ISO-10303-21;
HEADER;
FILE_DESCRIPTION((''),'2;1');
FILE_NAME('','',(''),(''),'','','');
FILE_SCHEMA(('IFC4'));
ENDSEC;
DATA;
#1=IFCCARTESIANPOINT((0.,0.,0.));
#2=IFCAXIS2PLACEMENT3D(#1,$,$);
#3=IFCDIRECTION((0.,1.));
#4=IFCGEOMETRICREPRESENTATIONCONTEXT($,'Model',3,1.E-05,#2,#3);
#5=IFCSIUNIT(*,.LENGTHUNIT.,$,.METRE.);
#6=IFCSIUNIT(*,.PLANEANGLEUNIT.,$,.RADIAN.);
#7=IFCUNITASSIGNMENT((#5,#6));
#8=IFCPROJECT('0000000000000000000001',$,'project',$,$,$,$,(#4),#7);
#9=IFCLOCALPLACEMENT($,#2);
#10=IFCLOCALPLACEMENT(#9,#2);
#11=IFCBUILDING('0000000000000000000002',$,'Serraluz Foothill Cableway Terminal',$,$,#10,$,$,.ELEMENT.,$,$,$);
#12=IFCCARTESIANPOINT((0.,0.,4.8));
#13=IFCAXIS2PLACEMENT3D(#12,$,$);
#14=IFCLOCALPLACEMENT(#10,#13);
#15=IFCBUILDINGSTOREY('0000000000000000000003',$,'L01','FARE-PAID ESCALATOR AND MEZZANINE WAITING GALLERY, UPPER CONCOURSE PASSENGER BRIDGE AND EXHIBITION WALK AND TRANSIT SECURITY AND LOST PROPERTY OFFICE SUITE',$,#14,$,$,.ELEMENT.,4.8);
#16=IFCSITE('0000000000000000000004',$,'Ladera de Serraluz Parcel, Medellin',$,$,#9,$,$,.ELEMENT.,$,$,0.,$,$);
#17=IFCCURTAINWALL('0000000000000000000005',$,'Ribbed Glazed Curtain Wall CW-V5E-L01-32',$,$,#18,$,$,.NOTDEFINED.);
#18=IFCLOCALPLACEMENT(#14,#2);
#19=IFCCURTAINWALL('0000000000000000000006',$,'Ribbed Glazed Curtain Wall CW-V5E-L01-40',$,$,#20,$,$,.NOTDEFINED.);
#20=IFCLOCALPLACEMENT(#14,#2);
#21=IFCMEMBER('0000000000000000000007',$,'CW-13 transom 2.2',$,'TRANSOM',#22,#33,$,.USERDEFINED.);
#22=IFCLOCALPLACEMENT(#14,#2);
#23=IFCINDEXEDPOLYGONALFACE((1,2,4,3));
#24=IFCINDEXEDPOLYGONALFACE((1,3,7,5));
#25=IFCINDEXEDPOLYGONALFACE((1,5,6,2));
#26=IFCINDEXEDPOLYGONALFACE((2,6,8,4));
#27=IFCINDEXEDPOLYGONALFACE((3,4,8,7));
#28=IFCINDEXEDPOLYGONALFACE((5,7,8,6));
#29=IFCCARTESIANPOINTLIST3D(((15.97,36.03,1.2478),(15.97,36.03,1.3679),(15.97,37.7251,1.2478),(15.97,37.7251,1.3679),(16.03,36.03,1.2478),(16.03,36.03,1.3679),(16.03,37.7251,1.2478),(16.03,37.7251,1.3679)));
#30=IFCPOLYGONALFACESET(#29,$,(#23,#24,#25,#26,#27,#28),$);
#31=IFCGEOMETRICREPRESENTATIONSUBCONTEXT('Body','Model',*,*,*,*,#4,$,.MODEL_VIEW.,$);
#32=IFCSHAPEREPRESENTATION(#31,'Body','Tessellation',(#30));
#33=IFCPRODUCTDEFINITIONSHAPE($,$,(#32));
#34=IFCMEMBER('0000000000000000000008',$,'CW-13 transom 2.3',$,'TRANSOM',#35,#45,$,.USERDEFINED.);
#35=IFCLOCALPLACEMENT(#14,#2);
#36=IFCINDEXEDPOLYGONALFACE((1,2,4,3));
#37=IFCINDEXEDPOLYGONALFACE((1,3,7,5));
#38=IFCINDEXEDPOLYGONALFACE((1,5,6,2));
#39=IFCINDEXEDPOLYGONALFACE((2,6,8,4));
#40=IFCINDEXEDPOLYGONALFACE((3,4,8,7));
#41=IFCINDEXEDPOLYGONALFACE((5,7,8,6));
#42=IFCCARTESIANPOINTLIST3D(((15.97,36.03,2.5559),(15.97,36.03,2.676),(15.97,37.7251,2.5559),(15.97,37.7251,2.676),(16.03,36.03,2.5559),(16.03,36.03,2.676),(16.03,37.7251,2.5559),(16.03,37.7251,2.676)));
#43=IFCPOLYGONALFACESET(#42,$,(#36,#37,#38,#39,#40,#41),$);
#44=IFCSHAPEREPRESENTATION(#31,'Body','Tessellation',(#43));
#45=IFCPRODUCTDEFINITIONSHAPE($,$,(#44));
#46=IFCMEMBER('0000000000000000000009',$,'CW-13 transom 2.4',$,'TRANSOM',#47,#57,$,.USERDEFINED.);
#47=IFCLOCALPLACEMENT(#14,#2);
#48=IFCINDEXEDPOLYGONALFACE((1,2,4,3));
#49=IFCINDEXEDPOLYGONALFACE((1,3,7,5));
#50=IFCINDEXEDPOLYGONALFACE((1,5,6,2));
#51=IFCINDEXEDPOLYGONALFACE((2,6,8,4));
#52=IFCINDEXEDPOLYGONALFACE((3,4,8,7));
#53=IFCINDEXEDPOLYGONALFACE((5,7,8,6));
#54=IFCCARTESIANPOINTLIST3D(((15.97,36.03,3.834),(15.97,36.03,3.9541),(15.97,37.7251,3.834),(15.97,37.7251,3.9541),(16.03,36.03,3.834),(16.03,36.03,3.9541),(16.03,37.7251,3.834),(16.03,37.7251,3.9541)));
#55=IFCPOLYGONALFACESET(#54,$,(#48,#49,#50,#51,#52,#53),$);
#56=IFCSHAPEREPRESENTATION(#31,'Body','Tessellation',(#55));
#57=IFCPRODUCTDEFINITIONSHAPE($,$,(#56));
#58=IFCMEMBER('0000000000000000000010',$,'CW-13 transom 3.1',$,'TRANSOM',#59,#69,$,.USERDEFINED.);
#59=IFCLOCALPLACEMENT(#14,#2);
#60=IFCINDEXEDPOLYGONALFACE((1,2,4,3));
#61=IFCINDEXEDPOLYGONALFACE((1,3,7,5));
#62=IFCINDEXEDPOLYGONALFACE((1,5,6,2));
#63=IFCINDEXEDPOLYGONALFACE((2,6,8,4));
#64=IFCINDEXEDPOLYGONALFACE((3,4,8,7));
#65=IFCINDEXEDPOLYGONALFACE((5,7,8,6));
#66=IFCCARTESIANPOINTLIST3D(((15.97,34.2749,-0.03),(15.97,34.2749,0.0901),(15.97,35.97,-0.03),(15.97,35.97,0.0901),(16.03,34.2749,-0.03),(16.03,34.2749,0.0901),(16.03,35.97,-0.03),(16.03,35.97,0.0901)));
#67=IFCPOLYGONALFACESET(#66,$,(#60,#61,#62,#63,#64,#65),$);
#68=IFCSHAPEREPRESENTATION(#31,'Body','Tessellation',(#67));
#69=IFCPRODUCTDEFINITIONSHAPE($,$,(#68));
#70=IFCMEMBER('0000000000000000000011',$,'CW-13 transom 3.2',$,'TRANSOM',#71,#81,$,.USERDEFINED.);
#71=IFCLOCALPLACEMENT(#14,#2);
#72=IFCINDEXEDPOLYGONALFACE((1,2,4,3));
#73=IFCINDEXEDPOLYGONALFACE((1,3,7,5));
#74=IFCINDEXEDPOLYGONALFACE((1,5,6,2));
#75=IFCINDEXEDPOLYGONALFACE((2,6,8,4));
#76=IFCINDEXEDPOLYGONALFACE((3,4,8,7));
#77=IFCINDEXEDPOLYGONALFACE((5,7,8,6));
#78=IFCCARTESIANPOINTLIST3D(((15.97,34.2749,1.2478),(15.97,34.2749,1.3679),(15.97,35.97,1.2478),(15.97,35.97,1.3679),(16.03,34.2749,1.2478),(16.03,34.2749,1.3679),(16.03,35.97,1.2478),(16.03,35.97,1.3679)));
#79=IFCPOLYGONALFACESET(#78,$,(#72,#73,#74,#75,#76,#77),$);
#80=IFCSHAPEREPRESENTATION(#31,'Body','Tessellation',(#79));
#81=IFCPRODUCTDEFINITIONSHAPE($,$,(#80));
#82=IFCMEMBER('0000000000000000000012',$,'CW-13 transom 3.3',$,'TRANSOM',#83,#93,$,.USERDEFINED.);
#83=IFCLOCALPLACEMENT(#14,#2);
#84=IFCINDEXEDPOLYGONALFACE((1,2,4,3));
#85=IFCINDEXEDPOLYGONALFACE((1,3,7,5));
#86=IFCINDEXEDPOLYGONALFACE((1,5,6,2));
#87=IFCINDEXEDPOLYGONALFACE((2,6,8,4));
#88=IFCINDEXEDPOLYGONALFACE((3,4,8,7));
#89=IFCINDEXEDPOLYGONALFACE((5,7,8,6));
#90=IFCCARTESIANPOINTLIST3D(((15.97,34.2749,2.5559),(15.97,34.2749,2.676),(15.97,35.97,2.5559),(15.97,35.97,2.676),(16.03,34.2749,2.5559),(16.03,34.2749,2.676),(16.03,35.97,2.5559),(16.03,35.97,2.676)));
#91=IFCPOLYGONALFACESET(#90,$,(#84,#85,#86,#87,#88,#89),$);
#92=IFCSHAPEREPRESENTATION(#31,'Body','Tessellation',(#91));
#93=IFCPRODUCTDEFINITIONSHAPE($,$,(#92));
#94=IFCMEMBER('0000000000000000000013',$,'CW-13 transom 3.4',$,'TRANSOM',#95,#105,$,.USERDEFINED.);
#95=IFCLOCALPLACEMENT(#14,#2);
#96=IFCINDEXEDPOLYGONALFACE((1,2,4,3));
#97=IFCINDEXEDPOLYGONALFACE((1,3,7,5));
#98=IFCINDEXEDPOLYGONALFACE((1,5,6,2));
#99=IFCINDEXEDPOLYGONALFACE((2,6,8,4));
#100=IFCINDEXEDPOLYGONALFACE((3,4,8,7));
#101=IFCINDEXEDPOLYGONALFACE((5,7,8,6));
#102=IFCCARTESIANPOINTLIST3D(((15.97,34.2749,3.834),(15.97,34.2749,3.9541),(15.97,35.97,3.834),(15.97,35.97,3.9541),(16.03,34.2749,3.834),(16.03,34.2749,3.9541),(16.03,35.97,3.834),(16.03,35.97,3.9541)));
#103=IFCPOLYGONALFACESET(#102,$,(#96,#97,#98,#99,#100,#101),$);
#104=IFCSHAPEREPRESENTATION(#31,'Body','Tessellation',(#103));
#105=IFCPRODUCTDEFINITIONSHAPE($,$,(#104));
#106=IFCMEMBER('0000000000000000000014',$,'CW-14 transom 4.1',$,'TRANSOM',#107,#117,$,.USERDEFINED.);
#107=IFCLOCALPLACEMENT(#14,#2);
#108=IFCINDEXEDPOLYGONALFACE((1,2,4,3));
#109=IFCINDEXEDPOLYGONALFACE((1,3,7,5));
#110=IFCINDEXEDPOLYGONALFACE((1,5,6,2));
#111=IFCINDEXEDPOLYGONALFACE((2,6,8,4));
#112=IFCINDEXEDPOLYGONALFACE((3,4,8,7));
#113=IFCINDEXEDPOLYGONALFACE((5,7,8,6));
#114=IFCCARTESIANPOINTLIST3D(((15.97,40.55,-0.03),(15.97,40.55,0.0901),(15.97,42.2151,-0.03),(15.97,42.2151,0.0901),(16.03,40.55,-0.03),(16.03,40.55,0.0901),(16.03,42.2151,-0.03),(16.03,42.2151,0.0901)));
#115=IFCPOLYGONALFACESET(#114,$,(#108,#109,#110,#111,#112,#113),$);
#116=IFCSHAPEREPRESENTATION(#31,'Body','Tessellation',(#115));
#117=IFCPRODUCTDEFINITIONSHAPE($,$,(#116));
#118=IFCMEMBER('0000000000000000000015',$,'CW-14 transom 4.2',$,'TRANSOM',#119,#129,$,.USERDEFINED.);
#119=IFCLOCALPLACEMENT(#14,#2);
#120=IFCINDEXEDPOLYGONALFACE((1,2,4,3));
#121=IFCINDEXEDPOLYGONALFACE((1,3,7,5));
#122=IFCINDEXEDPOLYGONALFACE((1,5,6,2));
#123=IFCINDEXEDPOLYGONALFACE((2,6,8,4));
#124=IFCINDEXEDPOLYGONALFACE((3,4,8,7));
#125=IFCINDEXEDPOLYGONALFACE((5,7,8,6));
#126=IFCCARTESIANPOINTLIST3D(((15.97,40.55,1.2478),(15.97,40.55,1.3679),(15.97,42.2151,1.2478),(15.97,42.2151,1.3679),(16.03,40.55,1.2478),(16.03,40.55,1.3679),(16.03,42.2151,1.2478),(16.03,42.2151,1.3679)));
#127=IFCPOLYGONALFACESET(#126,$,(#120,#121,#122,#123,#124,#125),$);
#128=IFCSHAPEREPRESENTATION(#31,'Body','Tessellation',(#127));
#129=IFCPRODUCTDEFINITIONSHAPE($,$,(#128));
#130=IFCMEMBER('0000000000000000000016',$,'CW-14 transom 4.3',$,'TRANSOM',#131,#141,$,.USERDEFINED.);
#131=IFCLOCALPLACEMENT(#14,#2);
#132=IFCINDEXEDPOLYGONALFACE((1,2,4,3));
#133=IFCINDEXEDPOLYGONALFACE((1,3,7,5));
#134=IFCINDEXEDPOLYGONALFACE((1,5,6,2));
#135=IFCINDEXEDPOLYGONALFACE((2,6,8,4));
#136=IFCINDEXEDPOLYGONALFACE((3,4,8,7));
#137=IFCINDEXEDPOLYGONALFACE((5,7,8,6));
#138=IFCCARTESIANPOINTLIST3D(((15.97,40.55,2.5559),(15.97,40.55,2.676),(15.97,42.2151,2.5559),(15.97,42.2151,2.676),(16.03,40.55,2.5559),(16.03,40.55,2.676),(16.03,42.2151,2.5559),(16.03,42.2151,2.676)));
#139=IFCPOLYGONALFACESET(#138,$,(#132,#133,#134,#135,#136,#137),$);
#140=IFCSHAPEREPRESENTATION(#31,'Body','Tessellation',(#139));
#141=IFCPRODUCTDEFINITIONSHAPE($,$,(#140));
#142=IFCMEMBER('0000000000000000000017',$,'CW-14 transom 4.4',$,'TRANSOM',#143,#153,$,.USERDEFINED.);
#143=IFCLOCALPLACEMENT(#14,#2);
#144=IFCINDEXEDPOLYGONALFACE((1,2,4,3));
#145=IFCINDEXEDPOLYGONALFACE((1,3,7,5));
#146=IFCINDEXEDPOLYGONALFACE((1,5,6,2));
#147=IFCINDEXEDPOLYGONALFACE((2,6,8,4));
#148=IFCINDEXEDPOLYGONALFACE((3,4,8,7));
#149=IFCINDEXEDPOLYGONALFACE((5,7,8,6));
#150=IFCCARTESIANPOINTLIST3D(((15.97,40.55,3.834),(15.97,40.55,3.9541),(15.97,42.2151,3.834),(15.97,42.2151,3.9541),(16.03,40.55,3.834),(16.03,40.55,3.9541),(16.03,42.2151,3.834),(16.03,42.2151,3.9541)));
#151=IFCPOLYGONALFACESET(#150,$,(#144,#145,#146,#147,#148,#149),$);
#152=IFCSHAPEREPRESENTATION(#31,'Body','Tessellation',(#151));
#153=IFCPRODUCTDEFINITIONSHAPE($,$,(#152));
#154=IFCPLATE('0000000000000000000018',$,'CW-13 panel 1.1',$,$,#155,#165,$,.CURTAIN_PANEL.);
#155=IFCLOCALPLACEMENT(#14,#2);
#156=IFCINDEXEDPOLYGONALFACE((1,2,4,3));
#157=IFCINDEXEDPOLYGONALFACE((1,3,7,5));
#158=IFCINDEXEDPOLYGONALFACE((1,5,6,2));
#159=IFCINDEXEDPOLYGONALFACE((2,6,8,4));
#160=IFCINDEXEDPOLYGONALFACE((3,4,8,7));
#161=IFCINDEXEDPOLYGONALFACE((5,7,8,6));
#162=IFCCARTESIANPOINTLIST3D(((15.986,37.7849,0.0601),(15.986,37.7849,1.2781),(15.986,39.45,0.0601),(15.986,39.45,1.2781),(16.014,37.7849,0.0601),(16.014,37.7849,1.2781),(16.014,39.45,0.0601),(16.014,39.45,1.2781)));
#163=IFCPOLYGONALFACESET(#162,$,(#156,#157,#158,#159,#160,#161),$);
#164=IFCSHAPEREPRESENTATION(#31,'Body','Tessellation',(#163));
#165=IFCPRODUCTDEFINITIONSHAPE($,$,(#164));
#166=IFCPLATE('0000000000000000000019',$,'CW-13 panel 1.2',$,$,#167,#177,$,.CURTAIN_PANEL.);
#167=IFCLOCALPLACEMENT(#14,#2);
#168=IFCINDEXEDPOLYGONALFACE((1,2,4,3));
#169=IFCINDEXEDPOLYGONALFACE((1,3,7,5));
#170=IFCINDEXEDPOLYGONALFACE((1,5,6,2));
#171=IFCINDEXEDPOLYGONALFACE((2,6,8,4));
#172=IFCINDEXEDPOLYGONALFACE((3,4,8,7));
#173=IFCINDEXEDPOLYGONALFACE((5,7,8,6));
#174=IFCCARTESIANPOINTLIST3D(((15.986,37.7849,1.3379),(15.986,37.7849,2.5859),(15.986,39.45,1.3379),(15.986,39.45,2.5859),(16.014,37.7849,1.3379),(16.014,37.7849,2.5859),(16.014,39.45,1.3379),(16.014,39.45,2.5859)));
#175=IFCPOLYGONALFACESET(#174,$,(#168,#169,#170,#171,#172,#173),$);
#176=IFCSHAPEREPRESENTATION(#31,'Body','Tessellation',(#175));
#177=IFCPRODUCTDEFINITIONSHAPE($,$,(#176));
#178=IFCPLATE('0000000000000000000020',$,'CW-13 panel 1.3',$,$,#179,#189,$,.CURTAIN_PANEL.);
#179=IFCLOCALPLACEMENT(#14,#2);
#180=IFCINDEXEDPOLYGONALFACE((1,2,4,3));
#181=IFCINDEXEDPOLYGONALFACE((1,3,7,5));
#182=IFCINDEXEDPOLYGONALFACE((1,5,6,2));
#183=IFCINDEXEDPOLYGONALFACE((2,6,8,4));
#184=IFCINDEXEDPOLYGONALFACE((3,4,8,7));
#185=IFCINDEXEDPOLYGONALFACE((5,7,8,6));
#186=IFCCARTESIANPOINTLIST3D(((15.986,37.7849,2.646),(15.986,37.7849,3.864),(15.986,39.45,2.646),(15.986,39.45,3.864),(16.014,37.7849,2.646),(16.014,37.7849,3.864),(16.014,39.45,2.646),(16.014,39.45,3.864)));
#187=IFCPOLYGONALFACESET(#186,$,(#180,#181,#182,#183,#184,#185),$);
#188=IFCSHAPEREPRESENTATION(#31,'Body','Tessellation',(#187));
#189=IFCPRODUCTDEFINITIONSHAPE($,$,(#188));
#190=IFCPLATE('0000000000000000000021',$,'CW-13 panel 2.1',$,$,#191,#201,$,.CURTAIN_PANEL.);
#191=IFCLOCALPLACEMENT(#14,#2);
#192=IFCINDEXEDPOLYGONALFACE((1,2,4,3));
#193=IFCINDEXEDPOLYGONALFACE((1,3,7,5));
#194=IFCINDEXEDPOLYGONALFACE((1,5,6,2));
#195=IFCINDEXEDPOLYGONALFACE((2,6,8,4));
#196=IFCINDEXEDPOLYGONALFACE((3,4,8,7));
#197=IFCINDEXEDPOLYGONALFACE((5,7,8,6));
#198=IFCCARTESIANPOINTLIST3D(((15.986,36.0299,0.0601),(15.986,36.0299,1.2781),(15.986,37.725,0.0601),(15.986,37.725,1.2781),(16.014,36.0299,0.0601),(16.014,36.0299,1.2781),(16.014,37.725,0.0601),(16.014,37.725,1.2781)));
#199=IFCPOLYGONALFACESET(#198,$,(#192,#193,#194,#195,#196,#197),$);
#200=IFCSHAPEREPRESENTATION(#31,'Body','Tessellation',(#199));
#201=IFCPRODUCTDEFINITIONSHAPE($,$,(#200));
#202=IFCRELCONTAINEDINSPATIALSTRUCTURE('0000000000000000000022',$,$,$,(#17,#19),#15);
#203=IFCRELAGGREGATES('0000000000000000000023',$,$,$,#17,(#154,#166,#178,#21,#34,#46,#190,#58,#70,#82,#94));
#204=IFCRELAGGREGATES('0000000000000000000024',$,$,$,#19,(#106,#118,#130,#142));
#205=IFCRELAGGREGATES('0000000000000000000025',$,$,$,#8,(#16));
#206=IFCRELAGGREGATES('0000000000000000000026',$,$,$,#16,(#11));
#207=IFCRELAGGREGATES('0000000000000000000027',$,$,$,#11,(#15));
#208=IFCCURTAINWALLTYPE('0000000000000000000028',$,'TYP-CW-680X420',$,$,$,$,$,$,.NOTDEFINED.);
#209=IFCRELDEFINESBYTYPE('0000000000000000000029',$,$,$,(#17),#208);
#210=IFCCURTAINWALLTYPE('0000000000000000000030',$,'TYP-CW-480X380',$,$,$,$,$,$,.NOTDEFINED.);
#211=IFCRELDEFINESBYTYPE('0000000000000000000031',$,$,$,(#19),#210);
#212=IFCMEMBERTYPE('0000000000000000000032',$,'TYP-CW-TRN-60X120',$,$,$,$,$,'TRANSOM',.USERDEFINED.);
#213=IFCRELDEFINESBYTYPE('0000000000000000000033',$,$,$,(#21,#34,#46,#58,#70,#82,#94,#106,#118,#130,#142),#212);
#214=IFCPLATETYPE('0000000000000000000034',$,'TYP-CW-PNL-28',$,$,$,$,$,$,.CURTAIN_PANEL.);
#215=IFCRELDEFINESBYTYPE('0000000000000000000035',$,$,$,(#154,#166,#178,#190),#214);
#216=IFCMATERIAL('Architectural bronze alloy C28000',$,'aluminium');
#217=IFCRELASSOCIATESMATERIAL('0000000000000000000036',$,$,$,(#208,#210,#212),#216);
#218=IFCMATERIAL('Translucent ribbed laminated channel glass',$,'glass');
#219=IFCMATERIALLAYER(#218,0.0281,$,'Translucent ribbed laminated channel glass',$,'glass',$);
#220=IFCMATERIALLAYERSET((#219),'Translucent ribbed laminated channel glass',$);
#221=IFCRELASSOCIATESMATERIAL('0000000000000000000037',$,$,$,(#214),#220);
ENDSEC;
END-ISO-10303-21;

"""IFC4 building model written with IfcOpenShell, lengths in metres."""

from ifc_helpers import new_model, si_unit, direction, frame, origin, origin_2d, place, context, subcontext, project, spatial, rectangle, extrude, material, layer, layer_set, material_profile, profile_set, type_object, element, aggregate, save


model = new_model("IFC4")

# Units and contexts
model_context = context("Model", 3, precision=1e-05, world=origin(), true_north=direction((0.0, 1.0)))
body_context = subcontext(model_context, "Body", "Model", "MODEL_VIEW")
ifc_project = project(units=[si_unit("LENGTHUNIT", "METRE"), si_unit("PLANEANGLEUNIT", "RADIAN")], contexts=[model_context])

# Site, building, storey
site_placement = place(None, origin())
site = spatial("IfcSite", under=ifc_project, at=site_placement, Name="Ladera de Serraluz Parcel, Medellin", CompositionType="ELEMENT", RefElevation=0.0)
building_placement = place(site_placement, origin())
building = spatial("IfcBuilding", under=site, at=building_placement, Name="Serraluz Foothill Cableway Terminal", CompositionType="ELEMENT")
storey_placement = place(building_placement, frame((0.0, 0.0, 4.8)))
storey = spatial("IfcBuildingStorey", under=building, at=storey_placement, Name="L01", Description="FARE-PAID ESCALATOR AND MEZZANINE WAITING GALLERY, UPPER CONCOURSE PASSENGER BRIDGE AND EXHIBITION WALK AND TRANSIT SECURITY AND LOST PROPERTY OFFICE SUITE", CompositionType="ELEMENT", Elevation=4.8)

# Curtain wall
ifc_material_1 = material(Name="Architectural bronze alloy C28000", Category="aluminium")
curtain_wall_type_1 = type_object("IfcCurtainWallType", Name="TYP-CW-680X420", PredefinedType="NOTDEFINED", material=ifc_material_1)
curtain_wall_1_placement = place(storey_placement, origin())
curtain_wall_1 = element("IfcCurtainWall", 1, at=curtain_wall_1_placement, inside=storey, type_object=curtain_wall_type_1, Name="Ribbed Glazed Curtain Wall CW-V5E-L01-32", PredefinedType="NOTDEFINED")

# Curtain wall
curtain_wall_type_2 = type_object("IfcCurtainWallType", Name="TYP-CW-480X380", PredefinedType="NOTDEFINED", material=ifc_material_1)
curtain_wall_2_placement = place(storey_placement, origin())
curtain_wall_2 = element("IfcCurtainWall", 2, at=curtain_wall_2_placement, inside=storey, type_object=curtain_wall_type_2, Name="Ribbed Glazed Curtain Wall CW-V5E-L01-40", PredefinedType="NOTDEFINED")

# Members
ifc_material_profile_1 = material_profile(ifc_material_1, rectangle(XDim=0.0601, YDim=0.1201, at=origin_2d()), Name="ALU TRANSOM 60x120")
ifc_profile_set_1 = profile_set([ifc_material_profile_1], Name="Architectural bronze alloy C28000")
member_type_1 = type_object("IfcMemberType", Name="TYP-CW-TRN-60X120", ElementType="TRANSOM", PredefinedType="USERDEFINED", material=ifc_profile_set_1)
member_1_placement = place(storey_placement, frame((16.0, 37.7251, 1.3079), z_axis=(0.0, -1.0, 0.0), x_axis=(1.0, 0.0, 0.0)))
member_1 = element("IfcMember", 3, at=member_1_placement, type_object=member_type_1, Name="CW-13 transom 2.2", ObjectType="TRANSOM", PredefinedType="USERDEFINED", context=body_context, shape_type="SweptSolid", body=[
    extrude(rectangle(XDim=0.0601, YDim=0.1201, at=origin_2d()), origin(), (0.0, 0.0, 1.0), 1.6951),
])
member_2_placement = place(storey_placement, frame((16.0, 37.7251, 2.616), z_axis=(0.0, -1.0, 0.0), x_axis=(1.0, 0.0, 0.0)))
member_2 = element("IfcMember", 4, at=member_2_placement, type_object=member_type_1, Name="CW-13 transom 2.3", ObjectType="TRANSOM", PredefinedType="USERDEFINED", context=body_context, shape_type="SweptSolid", body=[
    extrude(rectangle(XDim=0.0601, YDim=0.1201, at=origin_2d()), origin(), (0.0, 0.0, 1.0), 1.6951),
])
member_3_placement = place(storey_placement, frame((16.0, 37.7251, 3.894), z_axis=(0.0, -1.0, 0.0), x_axis=(1.0, 0.0, 0.0)))
member_3 = element("IfcMember", 5, at=member_3_placement, type_object=member_type_1, Name="CW-13 transom 2.4", ObjectType="TRANSOM", PredefinedType="USERDEFINED", context=body_context, shape_type="SweptSolid", body=[
    extrude(rectangle(XDim=0.0601, YDim=0.1201, at=origin_2d()), origin(), (0.0, 0.0, 1.0), 1.6951),
])
member_4_placement = place(storey_placement, frame((16.0, 35.97, 0.03), z_axis=(0.0, -1.0, 0.0), x_axis=(1.0, 0.0, 0.0)))
member_4 = element("IfcMember", 6, at=member_4_placement, type_object=member_type_1, Name="CW-13 transom 3.1", ObjectType="TRANSOM", PredefinedType="USERDEFINED", context=body_context, shape_type="SweptSolid", body=[
    extrude(rectangle(XDim=0.0601, YDim=0.1201, at=origin_2d()), origin(), (0.0, 0.0, 1.0), 1.6951),
])
member_5_placement = place(storey_placement, frame((16.0, 35.97, 1.3079), z_axis=(0.0, -1.0, 0.0), x_axis=(1.0, 0.0, 0.0)))
member_5 = element("IfcMember", 7, at=member_5_placement, type_object=member_type_1, Name="CW-13 transom 3.2", ObjectType="TRANSOM", PredefinedType="USERDEFINED", context=body_context, shape_type="SweptSolid", body=[
    extrude(rectangle(XDim=0.0601, YDim=0.1201, at=origin_2d()), origin(), (0.0, 0.0, 1.0), 1.6951),
])
member_6_placement = place(storey_placement, frame((16.0, 35.97, 2.616), z_axis=(0.0, -1.0, 0.0), x_axis=(1.0, 0.0, 0.0)))
member_6 = element("IfcMember", 8, at=member_6_placement, type_object=member_type_1, Name="CW-13 transom 3.3", ObjectType="TRANSOM", PredefinedType="USERDEFINED", context=body_context, shape_type="SweptSolid", body=[
    extrude(rectangle(XDim=0.0601, YDim=0.1201, at=origin_2d()), origin(), (0.0, 0.0, 1.0), 1.6951),
])
member_7_placement = place(storey_placement, frame((16.0, 35.97, 3.894), z_axis=(0.0, -1.0, 0.0), x_axis=(1.0, 0.0, 0.0)))
member_7 = element("IfcMember", 9, at=member_7_placement, type_object=member_type_1, Name="CW-13 transom 3.4", ObjectType="TRANSOM", PredefinedType="USERDEFINED", context=body_context, shape_type="SweptSolid", body=[
    extrude(rectangle(XDim=0.0601, YDim=0.1201, at=origin_2d()), origin(), (0.0, 0.0, 1.0), 1.6951),
])
member_8_placement = place(storey_placement, frame((16.0, 42.2151, 0.03), z_axis=(0.0, -1.0, 0.0), x_axis=(1.0, 0.0, 0.0)))
member_8 = element("IfcMember", 10, at=member_8_placement, type_object=member_type_1, Name="CW-14 transom 4.1", ObjectType="TRANSOM", PredefinedType="USERDEFINED", context=body_context, shape_type="SweptSolid", body=[
    extrude(rectangle(XDim=0.0601, YDim=0.1201, at=origin_2d()), origin(), (0.0, 0.0, 1.0), 1.665),
])
member_9_placement = place(storey_placement, frame((16.0, 42.2151, 1.3079), z_axis=(0.0, -1.0, 0.0), x_axis=(1.0, 0.0, 0.0)))
member_9 = element("IfcMember", 11, at=member_9_placement, type_object=member_type_1, Name="CW-14 transom 4.2", ObjectType="TRANSOM", PredefinedType="USERDEFINED", context=body_context, shape_type="SweptSolid", body=[
    extrude(rectangle(XDim=0.0601, YDim=0.1201, at=origin_2d()), origin(), (0.0, 0.0, 1.0), 1.665),
])
member_10_placement = place(storey_placement, frame((16.0, 42.2151, 2.616), z_axis=(0.0, -1.0, 0.0), x_axis=(1.0, 0.0, 0.0)))
member_10 = element("IfcMember", 12, at=member_10_placement, type_object=member_type_1, Name="CW-14 transom 4.3", ObjectType="TRANSOM", PredefinedType="USERDEFINED", context=body_context, shape_type="SweptSolid", body=[
    extrude(rectangle(XDim=0.0601, YDim=0.1201, at=origin_2d()), origin(), (0.0, 0.0, 1.0), 1.665),
])
member_11_placement = place(storey_placement, frame((16.0, 42.2151, 3.894), z_axis=(0.0, -1.0, 0.0), x_axis=(1.0, 0.0, 0.0)))
member_11 = element("IfcMember", 13, at=member_11_placement, type_object=member_type_1, Name="CW-14 transom 4.4", ObjectType="TRANSOM", PredefinedType="USERDEFINED", context=body_context, shape_type="SweptSolid", body=[
    extrude(rectangle(XDim=0.0601, YDim=0.1201, at=origin_2d()), origin(), (0.0, 0.0, 1.0), 1.665),
])

# Plates
ifc_material_2 = material(Name="Translucent ribbed laminated channel glass", Category="glass")
ifc_layer = layer(ifc_material_2, 0.0281, Name="Translucent ribbed laminated channel glass", Category="glass")
ifc_layer_set = layer_set([ifc_layer], Name="Translucent ribbed laminated channel glass")
plate_type = type_object("IfcPlateType", Name="TYP-CW-PNL-28", PredefinedType="CURTAIN_PANEL", material=ifc_layer_set)
plate_1_placement = place(storey_placement, frame((16.0, 38.6174, 0.0601), z_axis=(0.0, 0.0, 1.0), x_axis=(0.0, -1.0, 0.0)))
plate_1 = element("IfcPlate", 14, at=plate_1_placement, type_object=plate_type, Name="CW-13 panel 1.1", PredefinedType="CURTAIN_PANEL", context=body_context, shape_type="SweptSolid", body=[
    extrude(rectangle(XDim=1.665, YDim=0.0281, at=origin_2d()), origin(), (0.0, 0.0, 1.0), 1.218),
])
plate_2_placement = place(storey_placement, frame((16.0, 38.6174, 1.3379), z_axis=(0.0, 0.0, 1.0), x_axis=(0.0, -1.0, 0.0)))
plate_2 = element("IfcPlate", 15, at=plate_2_placement, type_object=plate_type, Name="CW-13 panel 1.2", PredefinedType="CURTAIN_PANEL", context=body_context, shape_type="SweptSolid", body=[
    extrude(rectangle(XDim=1.665, YDim=0.0281, at=origin_2d()), origin(), (0.0, 0.0, 1.0), 1.248),
])
plate_3_placement = place(storey_placement, frame((16.0, 38.6174, 2.646), z_axis=(0.0, 0.0, 1.0), x_axis=(0.0, -1.0, 0.0)))
plate_3 = element("IfcPlate", 16, at=plate_3_placement, type_object=plate_type, Name="CW-13 panel 1.3", PredefinedType="CURTAIN_PANEL", context=body_context, shape_type="SweptSolid", body=[
    extrude(rectangle(XDim=1.665, YDim=0.0281, at=origin_2d()), origin(), (0.0, 0.0, 1.0), 1.218),
])
plate_4_placement = place(storey_placement, frame((16.0, 36.8774, 0.0601), z_axis=(0.0, 0.0, 1.0), x_axis=(0.0, -1.0, 0.0)))
plate_4 = element("IfcPlate", 17, at=plate_4_placement, type_object=plate_type, Name="CW-13 panel 2.1", PredefinedType="CURTAIN_PANEL", context=body_context, shape_type="SweptSolid", body=[
    extrude(rectangle(XDim=1.6951, YDim=0.0281, at=origin_2d()), origin(), (0.0, 0.0, 1.0), 1.218),
])
aggregate(curtain_wall_1, [plate_1, plate_2, plate_3, member_1, member_2, member_3, plate_4, member_4, member_5, member_6, member_7])
aggregate(curtain_wall_2, [member_8, member_9, member_10, member_11])

save(model, "model.ifc")
